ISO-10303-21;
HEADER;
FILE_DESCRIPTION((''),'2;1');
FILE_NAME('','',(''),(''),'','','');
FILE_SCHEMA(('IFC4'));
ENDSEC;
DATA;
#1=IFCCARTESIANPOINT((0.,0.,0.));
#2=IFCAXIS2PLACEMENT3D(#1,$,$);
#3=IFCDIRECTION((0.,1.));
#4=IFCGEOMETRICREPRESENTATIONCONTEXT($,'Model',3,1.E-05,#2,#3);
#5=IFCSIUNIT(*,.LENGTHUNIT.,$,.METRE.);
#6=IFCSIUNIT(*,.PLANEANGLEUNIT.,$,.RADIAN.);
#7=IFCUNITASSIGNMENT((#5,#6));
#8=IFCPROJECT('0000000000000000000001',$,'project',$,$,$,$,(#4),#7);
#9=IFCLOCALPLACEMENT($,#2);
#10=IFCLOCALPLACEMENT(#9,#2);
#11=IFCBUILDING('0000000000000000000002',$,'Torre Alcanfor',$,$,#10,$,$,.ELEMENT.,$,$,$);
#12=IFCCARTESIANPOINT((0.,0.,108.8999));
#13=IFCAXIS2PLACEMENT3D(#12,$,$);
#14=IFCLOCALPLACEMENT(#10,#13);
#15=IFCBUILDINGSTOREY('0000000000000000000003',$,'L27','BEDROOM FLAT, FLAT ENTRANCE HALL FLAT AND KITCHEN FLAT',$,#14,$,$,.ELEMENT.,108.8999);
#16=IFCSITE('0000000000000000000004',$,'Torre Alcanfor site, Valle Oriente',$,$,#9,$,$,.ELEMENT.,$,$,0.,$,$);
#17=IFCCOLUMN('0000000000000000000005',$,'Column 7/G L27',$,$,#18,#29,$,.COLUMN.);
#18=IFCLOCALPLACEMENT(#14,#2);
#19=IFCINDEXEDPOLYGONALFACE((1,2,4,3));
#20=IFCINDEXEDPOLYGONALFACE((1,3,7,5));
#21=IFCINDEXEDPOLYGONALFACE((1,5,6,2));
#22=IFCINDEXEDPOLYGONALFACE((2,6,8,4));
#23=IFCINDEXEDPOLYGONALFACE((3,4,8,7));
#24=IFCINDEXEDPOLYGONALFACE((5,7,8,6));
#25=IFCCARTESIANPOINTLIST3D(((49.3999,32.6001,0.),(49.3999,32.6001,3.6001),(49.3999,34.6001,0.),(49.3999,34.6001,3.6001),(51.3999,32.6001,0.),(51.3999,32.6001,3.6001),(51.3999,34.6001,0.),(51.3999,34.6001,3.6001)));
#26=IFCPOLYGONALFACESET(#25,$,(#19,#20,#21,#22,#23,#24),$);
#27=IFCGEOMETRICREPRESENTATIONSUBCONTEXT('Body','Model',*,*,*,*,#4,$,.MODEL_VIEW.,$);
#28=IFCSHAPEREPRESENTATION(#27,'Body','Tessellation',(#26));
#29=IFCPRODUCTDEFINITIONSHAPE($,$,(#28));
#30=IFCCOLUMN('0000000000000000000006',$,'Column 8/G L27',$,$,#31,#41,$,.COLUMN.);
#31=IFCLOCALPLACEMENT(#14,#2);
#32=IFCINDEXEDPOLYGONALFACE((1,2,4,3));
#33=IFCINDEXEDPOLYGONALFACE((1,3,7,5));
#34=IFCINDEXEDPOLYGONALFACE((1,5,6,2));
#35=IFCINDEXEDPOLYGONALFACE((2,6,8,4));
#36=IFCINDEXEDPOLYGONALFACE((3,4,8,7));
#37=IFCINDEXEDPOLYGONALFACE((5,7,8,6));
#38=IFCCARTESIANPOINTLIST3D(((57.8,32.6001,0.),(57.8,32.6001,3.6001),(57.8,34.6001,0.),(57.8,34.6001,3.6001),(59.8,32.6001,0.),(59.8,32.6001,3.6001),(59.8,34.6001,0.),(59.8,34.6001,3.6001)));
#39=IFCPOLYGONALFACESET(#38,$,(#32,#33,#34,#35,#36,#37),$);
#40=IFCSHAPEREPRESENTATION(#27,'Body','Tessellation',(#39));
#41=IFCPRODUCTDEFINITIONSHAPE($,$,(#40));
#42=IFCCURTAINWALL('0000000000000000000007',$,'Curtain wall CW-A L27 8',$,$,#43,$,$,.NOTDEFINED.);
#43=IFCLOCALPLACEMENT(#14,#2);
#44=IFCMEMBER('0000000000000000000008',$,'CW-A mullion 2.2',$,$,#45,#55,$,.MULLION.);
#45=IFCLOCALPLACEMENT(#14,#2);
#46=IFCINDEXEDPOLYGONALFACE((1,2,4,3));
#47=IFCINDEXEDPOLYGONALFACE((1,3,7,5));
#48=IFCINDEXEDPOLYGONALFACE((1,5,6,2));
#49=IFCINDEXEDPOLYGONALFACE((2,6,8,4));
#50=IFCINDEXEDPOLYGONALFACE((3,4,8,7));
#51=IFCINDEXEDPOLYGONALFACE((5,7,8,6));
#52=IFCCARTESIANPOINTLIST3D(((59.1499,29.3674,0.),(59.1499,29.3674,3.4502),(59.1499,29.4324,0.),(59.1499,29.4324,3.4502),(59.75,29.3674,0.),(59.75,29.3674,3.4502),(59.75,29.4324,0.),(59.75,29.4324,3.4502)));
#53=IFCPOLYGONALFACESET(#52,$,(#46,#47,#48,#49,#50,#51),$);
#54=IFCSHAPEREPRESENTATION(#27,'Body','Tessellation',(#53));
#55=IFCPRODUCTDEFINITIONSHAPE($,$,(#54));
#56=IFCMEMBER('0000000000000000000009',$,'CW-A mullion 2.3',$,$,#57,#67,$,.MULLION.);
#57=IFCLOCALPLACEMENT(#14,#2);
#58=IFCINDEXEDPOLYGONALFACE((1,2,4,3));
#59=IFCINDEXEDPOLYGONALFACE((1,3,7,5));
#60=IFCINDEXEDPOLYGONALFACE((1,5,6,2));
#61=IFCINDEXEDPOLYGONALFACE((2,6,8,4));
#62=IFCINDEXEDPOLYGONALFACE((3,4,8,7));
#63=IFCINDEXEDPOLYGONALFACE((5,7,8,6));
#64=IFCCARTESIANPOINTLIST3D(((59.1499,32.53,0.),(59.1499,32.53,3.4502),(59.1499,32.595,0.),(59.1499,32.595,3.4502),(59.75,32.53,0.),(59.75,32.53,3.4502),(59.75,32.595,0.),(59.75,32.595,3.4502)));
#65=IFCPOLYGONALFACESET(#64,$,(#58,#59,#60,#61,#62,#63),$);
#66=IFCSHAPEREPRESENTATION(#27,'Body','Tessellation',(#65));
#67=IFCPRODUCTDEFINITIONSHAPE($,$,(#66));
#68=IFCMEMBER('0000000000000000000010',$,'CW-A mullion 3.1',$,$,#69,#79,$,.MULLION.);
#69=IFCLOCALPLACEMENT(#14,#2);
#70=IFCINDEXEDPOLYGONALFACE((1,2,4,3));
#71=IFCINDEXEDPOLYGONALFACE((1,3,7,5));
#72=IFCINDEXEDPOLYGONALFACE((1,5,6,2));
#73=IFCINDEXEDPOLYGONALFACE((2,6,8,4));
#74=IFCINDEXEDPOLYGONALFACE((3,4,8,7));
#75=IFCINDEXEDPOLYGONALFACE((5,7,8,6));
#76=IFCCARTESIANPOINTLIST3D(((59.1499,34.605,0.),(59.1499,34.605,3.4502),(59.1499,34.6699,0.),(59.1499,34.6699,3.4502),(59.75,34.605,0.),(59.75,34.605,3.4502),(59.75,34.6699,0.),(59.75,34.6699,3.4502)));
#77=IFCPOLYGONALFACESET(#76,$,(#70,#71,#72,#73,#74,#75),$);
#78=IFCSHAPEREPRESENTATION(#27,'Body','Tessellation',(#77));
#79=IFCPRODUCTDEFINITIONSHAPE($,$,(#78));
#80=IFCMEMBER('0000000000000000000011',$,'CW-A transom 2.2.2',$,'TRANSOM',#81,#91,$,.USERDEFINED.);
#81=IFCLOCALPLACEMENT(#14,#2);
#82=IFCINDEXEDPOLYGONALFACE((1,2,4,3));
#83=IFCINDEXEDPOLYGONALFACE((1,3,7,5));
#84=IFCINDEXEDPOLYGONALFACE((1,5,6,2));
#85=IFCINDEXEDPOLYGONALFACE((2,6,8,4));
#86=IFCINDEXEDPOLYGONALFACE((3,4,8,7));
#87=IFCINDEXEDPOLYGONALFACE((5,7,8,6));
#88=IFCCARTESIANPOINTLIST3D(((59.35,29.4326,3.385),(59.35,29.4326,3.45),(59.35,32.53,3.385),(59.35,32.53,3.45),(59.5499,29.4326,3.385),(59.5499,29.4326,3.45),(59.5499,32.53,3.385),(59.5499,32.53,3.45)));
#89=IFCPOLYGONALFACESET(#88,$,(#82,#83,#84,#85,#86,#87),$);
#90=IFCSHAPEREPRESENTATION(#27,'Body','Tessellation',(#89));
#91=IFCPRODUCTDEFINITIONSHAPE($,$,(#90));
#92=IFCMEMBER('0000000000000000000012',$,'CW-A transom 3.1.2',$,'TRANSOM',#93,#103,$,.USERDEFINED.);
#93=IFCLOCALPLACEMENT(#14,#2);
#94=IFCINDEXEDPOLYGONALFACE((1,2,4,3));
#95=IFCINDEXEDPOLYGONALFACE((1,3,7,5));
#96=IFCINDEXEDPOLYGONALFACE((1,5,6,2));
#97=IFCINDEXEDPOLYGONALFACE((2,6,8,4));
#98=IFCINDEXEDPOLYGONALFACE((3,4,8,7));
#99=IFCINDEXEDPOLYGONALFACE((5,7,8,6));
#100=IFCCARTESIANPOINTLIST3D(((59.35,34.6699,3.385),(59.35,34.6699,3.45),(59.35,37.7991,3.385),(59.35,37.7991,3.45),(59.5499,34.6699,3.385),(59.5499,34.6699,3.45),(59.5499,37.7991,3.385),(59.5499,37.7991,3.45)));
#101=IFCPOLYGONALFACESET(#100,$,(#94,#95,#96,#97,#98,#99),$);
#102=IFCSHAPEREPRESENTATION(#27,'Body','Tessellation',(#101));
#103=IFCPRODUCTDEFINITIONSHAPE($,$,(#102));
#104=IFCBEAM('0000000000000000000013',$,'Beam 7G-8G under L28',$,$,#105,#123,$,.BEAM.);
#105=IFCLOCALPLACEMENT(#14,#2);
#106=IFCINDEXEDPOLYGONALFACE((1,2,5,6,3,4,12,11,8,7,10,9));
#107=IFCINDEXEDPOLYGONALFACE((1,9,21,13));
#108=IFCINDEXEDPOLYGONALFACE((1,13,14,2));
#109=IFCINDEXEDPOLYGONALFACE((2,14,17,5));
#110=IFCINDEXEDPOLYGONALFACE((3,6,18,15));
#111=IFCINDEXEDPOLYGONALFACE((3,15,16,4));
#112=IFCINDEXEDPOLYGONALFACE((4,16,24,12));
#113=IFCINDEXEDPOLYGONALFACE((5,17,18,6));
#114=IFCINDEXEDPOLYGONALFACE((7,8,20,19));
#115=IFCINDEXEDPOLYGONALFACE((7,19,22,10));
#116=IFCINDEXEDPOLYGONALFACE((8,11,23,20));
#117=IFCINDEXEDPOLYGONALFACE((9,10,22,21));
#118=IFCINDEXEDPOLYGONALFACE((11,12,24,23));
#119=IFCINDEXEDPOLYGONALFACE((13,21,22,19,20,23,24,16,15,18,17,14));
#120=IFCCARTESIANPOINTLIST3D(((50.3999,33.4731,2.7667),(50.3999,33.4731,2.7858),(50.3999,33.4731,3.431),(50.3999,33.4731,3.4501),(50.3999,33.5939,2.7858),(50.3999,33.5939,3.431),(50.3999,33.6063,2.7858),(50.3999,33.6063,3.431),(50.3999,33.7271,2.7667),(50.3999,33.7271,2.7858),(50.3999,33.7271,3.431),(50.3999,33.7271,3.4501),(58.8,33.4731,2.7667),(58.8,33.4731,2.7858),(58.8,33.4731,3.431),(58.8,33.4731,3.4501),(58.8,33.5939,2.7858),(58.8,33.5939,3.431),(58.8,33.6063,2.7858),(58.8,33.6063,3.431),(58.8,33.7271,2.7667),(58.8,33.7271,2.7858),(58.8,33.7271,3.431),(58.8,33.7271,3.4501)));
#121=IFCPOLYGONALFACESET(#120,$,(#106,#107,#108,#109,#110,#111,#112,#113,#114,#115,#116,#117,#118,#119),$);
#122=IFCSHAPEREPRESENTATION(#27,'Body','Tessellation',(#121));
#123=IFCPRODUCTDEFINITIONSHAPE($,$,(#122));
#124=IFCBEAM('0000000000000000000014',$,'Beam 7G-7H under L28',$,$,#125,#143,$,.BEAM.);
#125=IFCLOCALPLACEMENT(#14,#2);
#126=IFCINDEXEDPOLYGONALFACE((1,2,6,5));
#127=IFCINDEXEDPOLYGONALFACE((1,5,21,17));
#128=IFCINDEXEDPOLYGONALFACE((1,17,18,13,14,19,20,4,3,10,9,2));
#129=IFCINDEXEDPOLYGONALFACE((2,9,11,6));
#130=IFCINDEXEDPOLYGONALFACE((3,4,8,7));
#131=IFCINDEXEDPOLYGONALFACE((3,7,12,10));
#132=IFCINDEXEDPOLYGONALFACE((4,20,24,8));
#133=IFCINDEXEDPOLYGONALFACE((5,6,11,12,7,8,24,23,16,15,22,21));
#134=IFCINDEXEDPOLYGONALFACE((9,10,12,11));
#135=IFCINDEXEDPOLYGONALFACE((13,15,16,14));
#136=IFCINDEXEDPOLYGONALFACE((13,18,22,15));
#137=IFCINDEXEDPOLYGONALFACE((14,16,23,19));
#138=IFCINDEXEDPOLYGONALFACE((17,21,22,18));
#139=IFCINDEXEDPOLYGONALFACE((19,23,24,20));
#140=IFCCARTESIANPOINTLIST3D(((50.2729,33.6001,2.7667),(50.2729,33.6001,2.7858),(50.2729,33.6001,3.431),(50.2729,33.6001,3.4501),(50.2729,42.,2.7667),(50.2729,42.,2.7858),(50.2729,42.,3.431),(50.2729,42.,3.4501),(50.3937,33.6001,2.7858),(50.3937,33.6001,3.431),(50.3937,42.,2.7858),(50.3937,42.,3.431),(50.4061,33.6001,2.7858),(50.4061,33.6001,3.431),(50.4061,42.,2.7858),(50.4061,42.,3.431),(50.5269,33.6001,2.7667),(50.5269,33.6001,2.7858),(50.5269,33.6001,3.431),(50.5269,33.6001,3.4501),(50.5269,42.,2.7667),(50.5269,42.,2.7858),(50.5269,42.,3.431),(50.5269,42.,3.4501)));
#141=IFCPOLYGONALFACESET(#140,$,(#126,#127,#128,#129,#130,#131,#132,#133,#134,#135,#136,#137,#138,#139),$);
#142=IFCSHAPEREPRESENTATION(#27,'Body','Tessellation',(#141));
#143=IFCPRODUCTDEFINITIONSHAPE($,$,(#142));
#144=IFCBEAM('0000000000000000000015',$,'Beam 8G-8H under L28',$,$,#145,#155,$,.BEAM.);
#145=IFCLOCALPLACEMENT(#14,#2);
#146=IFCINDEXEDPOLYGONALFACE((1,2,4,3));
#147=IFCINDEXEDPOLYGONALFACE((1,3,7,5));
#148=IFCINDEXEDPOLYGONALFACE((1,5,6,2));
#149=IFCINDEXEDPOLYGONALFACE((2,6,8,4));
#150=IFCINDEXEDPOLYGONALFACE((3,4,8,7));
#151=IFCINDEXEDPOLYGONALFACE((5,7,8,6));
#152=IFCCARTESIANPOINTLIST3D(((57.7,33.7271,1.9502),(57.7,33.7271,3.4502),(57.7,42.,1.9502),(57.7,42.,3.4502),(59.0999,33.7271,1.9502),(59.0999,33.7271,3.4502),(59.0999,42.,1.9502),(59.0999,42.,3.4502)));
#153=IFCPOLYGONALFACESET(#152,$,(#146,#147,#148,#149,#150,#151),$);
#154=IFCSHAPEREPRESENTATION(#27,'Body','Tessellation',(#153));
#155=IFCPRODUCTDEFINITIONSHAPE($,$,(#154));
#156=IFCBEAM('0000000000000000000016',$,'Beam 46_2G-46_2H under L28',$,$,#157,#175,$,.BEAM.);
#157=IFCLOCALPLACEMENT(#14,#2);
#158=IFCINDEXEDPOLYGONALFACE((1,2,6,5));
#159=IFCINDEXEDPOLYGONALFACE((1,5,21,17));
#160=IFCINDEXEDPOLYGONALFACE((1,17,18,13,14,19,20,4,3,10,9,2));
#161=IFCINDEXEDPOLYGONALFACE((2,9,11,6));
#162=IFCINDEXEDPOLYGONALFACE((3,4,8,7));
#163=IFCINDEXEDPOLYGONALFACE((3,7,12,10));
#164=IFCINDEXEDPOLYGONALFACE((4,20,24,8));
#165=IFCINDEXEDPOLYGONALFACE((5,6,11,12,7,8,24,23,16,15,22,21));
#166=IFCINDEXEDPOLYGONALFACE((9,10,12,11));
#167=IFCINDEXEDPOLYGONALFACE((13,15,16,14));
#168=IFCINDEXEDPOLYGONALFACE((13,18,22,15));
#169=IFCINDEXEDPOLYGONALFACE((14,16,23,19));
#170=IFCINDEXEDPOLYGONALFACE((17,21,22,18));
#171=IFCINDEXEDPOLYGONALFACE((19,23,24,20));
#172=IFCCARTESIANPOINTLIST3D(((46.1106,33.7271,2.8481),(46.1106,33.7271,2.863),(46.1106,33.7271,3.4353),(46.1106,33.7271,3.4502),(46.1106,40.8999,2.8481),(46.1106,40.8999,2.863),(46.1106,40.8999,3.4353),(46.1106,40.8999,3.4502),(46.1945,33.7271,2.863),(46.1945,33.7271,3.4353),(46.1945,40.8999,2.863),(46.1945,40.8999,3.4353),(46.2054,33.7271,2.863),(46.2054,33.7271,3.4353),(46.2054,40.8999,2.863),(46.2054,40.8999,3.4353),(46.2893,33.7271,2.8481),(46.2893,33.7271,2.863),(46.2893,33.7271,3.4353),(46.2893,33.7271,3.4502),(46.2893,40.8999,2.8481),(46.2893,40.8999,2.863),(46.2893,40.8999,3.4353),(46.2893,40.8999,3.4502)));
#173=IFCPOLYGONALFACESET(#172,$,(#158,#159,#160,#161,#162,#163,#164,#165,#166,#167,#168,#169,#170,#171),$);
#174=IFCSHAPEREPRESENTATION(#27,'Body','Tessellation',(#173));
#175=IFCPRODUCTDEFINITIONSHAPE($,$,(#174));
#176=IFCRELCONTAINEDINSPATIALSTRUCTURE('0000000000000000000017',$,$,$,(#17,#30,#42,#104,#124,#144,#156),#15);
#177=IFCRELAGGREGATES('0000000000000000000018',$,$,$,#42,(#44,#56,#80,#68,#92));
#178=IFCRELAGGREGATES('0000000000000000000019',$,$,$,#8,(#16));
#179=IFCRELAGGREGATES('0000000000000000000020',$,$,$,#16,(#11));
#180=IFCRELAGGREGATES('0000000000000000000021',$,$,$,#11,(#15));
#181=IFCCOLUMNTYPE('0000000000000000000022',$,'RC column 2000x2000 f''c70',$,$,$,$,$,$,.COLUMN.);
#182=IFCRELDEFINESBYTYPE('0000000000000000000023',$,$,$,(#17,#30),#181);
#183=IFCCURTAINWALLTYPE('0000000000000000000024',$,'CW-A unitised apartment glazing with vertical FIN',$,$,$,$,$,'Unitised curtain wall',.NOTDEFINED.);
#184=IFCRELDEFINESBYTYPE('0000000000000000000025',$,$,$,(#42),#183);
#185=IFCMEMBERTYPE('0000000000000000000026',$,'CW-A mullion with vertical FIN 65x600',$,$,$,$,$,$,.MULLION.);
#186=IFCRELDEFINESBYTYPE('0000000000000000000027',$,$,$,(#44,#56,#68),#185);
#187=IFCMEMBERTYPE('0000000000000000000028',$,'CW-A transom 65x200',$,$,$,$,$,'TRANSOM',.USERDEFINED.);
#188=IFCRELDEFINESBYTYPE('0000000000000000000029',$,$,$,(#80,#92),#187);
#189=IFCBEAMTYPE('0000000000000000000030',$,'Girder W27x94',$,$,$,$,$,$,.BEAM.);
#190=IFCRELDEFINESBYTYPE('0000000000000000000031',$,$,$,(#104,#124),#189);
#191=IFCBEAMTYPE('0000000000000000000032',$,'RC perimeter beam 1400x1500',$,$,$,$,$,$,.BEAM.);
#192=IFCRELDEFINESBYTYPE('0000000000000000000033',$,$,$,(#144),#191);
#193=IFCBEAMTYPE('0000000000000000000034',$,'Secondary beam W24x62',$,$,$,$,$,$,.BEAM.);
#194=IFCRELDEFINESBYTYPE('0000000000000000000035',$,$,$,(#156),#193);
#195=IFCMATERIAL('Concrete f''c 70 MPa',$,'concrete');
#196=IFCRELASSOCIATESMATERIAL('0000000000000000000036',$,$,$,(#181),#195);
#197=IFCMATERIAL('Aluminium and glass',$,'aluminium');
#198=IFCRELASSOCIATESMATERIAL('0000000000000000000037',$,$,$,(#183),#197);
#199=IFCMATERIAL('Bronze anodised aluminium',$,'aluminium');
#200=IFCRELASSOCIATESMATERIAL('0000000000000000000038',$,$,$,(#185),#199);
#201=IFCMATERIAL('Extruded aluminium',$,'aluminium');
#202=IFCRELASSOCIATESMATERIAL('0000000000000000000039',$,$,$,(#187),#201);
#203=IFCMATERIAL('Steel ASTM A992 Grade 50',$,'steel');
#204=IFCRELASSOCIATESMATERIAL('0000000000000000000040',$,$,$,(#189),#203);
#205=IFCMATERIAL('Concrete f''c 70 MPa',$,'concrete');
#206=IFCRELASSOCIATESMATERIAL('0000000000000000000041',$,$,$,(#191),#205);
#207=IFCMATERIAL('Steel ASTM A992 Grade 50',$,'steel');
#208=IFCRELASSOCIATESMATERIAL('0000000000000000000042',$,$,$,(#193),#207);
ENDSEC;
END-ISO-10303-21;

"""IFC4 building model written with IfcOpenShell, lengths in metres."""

from ifc_helpers import new_model, si_unit, direction, frame, origin, origin_2d, place, context, subcontext, project, spatial, rectangle, i_section, extrude, material, material_profile, profile_set, type_object, element, aggregate, save


model = new_model("IFC4")

# Units and contexts
model_context = context("Model", 3, precision=1e-05, world=origin(), true_north=direction((0.0, 1.0)))
body_context = subcontext(model_context, "Body", "Model", "MODEL_VIEW")
ifc_project = project(units=[si_unit("LENGTHUNIT", "METRE"), si_unit("PLANEANGLEUNIT", "RADIAN")], contexts=[model_context])

# Site, building, storey
site_placement = place(None, origin())
site = spatial("IfcSite", under=ifc_project, at=site_placement, Name="Torre Alcanfor site, Valle Oriente", CompositionType="ELEMENT", RefElevation=0.0)
building_placement = place(site_placement, origin())
building = spatial("IfcBuilding", under=site, at=building_placement, Name="Torre Alcanfor", CompositionType="ELEMENT")
storey_placement = place(building_placement, frame((0.0, 0.0, 108.8999)))
storey = spatial("IfcBuildingStorey", under=building, at=storey_placement, Name="L27", Description="BEDROOM FLAT, FLAT ENTRANCE HALL FLAT AND KITCHEN FLAT", CompositionType="ELEMENT", Elevation=108.8999)

# Columns
ifc_material_1 = material(Name="Concrete f'c 70 MPa", Category="concrete")
ifc_material_profile_1 = material_profile(ifc_material_1, rectangle(XDim=2.0, YDim=2.0, at=origin_2d()), Name="2000x2000")
ifc_profile_set_1 = profile_set([ifc_material_profile_1], Name="Concrete f'c 70 MPa")
column_type = type_object("IfcColumnType", Name="RC column 2000x2000 f'c70", PredefinedType="COLUMN", material=ifc_profile_set_1)
for number, where, z_axis, x_axis, name in (
    (1, (50.3999, 33.6001, 0.0), (0.0, 0.0, 1.0), (1.0, 0.0, 0.0), "Column 7/G L27"),
    (2, (58.8, 33.6001, 0.0), (0.0, 0.0, 1.0), (1.0, 0.0, 0.0), "Column 8/G L27"),
):
    element("IfcColumn", number, at=place(storey_placement, frame(where, z_axis=z_axis, x_axis=x_axis)), inside=storey, type_object=column_type, Name=name, PredefinedType="COLUMN", context=body_context, shape_type="SweptSolid", body=[
        extrude(rectangle(XDim=2.0, YDim=2.0, at=origin_2d()), origin(), (0.0, 0.0, 1.0), 3.6001),
    ])

# Curtain wall, members
ifc_material_2 = material(Name="Aluminium and glass", Category="aluminium")
curtain_wall_type = type_object("IfcCurtainWallType", Name="CW-A unitised apartment glazing with vertical FIN", ElementType="Unitised curtain wall", PredefinedType="NOTDEFINED", material=ifc_material_2)
curtain_wall_placement = place(storey_placement, origin())
curtain_wall = element("IfcCurtainWall", 3, at=curtain_wall_placement, inside=storey, type_object=curtain_wall_type, Name="Curtain wall CW-A L27 8", PredefinedType="NOTDEFINED")
ifc_material_3 = material(Name="Bronze anodised aluminium", Category="aluminium")
ifc_material_profile_2 = material_profile(ifc_material_3, rectangle(XDim=0.6001, YDim=0.0649, at=origin_2d()), Name="CW-A mullion 65x600")
ifc_profile_set_2 = profile_set([ifc_material_profile_2], Name="Bronze anodised aluminium")
member_type_1 = type_object("IfcMemberType", Name="CW-A mullion with vertical FIN 65x600", PredefinedType="MULLION", material=ifc_profile_set_2)
member_1_placement = place(storey_placement, frame((59.45, 29.3999, 0.0), z_axis=(0.0, 0.0, 1.0), x_axis=(-1.0, 0.0, 0.0)))
member_1 = element("IfcMember", 4, at=member_1_placement, type_object=member_type_1, Name="CW-A mullion 2.2", PredefinedType="MULLION", context=body_context, shape_type="SweptSolid", body=[
    extrude(rectangle(XDim=0.6001, YDim=0.0649, at=origin_2d()), origin(), (0.0, 0.0, 1.0), 3.4502),
])
member_2_placement = place(storey_placement, frame((59.45, 32.5625, 0.0), z_axis=(0.0, 0.0, 1.0), x_axis=(-1.0, 0.0, 0.0)))
member_2 = element("IfcMember", 5, at=member_2_placement, type_object=member_type_1, Name="CW-A mullion 2.3", PredefinedType="MULLION", context=body_context, shape_type="SweptSolid", body=[
    extrude(rectangle(XDim=0.6001, YDim=0.0649, at=origin_2d()), origin(), (0.0, 0.0, 1.0), 3.4502),
])
member_3_placement = place(storey_placement, frame((59.45, 34.6375, 0.0), z_axis=(0.0, 0.0, 1.0), x_axis=(-1.0, 0.0, 0.0)))
member_3 = element("IfcMember", 6, at=member_3_placement, type_object=member_type_1, Name="CW-A mullion 3.1", PredefinedType="MULLION", context=body_context, shape_type="SweptSolid", body=[
    extrude(rectangle(XDim=0.6001, YDim=0.0649, at=origin_2d()), origin(), (0.0, 0.0, 1.0), 3.4502),
])
ifc_material_4 = material(Name="Extruded aluminium", Category="aluminium")
ifc_material_profile_3 = material_profile(ifc_material_4, rectangle(XDim=0.2, YDim=0.0649, at=origin_2d()), Name="CW-A transom 200x65")
ifc_profile_set_3 = profile_set([ifc_material_profile_3], Name="Extruded aluminium")
member_type_2 = type_object("IfcMemberType", Name="CW-A transom 65x200", ElementType="TRANSOM", PredefinedType="USERDEFINED", material=ifc_profile_set_3)
member_4_placement = place(storey_placement, frame((59.45, 29.4326, 3.4175), z_axis=(0.0, 1.0, 0.0), x_axis=(-1.0, 0.0, 0.0)))
member_4 = element("IfcMember", 7, at=member_4_placement, type_object=member_type_2, Name="CW-A transom 2.2.2", ObjectType="TRANSOM", PredefinedType="USERDEFINED", context=body_context, shape_type="SweptSolid", body=[
    extrude(rectangle(XDim=0.2, YDim=0.0649, at=origin_2d()), origin(), (0.0, 0.0, 1.0), 3.0974),
])
member_5_placement = place(storey_placement, frame((59.45, 34.6699, 3.4175), z_axis=(0.0, 1.0, 0.0), x_axis=(-1.0, 0.0, 0.0)))
member_5 = element("IfcMember", 8, at=member_5_placement, type_object=member_type_2, Name="CW-A transom 3.1.2", ObjectType="TRANSOM", PredefinedType="USERDEFINED", context=body_context, shape_type="SweptSolid", body=[
    extrude(rectangle(XDim=0.2, YDim=0.0649, at=origin_2d()), origin(), (0.0, 0.0, 1.0), 3.1292),
])

# Beams
ifc_material_5 = material(Name="Steel ASTM A992 Grade 50", Category="steel")
ifc_material_profile_4 = material_profile(ifc_material_5, i_section(OverallWidth=0.2539, OverallDepth=0.6833, WebThickness=0.0125, FlangeThickness=0.019, at=origin_2d()), Name="W27x94")
ifc_profile_set_4 = profile_set([ifc_material_profile_4], Name="Steel ASTM A992 Grade 50")
beam_type_1 = type_object("IfcBeamType", Name="Girder W27x94", PredefinedType="BEAM", material=ifc_profile_set_4)
beam_1_placement = place(storey_placement, frame((50.3999, 33.6001, 3.1084), z_axis=(1.0, 0.0, 0.0), x_axis=(0.0, 1.0, 0.0)))
element("IfcBeam", 9, at=beam_1_placement, inside=storey, type_object=beam_type_1, Name="Beam 7G-8G under L28", PredefinedType="BEAM", context=body_context, shape_type="SweptSolid", body=[
    extrude(i_section(OverallWidth=0.2539, OverallDepth=0.6833, WebThickness=0.0125, FlangeThickness=0.019, at=origin_2d()), origin(), (0.0, 0.0, 1.0), 8.4001),
])
beam_2_placement = place(storey_placement, frame((50.3999, 33.6001, 3.1084), z_axis=(0.0, 1.0, 0.0), x_axis=(-1.0, 0.0, 0.0)))
element("IfcBeam", 10, at=beam_2_placement, inside=storey, type_object=beam_type_1, Name="Beam 7G-7H under L28", PredefinedType="BEAM", context=body_context, shape_type="SweptSolid", body=[
    extrude(i_section(OverallWidth=0.2539, OverallDepth=0.6833, WebThickness=0.0125, FlangeThickness=0.019, at=origin_2d()), origin(), (0.0, 0.0, 1.0), 8.3999),
])
ifc_material_6 = material(Name="Concrete f'c 70 MPa", Category="concrete")
ifc_material_profile_5 = material_profile(ifc_material_6, rectangle(XDim=1.3999, YDim=1.5, at=origin_2d()), Name="1400x1500")
ifc_profile_set_5 = profile_set([ifc_material_profile_5], Name="Concrete f'c 70 MPa")
beam_type_2 = type_object("IfcBeamType", Name="RC perimeter beam 1400x1500", PredefinedType="BEAM", material=ifc_profile_set_5)
beam_3_placement = place(storey_placement, frame((58.3999, 33.7271, 2.7002), z_axis=(0.0, 1.0, 0.0), x_axis=(-1.0, 0.0, 0.0)))
element("IfcBeam", 11, at=beam_3_placement, inside=storey, type_object=beam_type_2, Name="Beam 8G-8H under L28", PredefinedType="BEAM", context=body_context, shape_type="SweptSolid", body=[
    extrude(rectangle(XDim=1.3999, YDim=1.5, at=origin_2d()), origin(), (0.0, 0.0, 1.0), 8.2729),
])
ifc_material_7 = material(Name="Steel ASTM A992 Grade 50", Category="steel")
ifc_material_profile_6 = material_profile(ifc_material_7, i_section(OverallWidth=0.1787, OverallDepth=0.6021, WebThickness=0.011, FlangeThickness=0.0149, at=origin_2d()), Name="W24x62")
ifc_profile_set_6 = profile_set([ifc_material_profile_6], Name="Steel ASTM A992 Grade 50")
beam_type_3 = type_object("IfcBeamType", Name="Secondary beam W24x62", PredefinedType="BEAM", material=ifc_profile_set_6)
for number, where, z_axis, x_axis, name in (
    (12, (46.2, 33.7271, 3.1492), (0.0, 1.0, 0.0), (-1.0, 0.0, 0.0), "Beam 46_2G-46_2H under L28"),
):
    element("IfcBeam", number, at=place(storey_placement, frame(where, z_axis=z_axis, x_axis=x_axis)), inside=storey, type_object=beam_type_3, Name=name, PredefinedType="BEAM", context=body_context, shape_type="SweptSolid", body=[
        extrude(i_section(OverallWidth=0.1787, OverallDepth=0.6021, WebThickness=0.011, FlangeThickness=0.0149, at=origin_2d()), origin(), (0.0, 0.0, 1.0), 7.1729),
    ])

aggregate(curtain_wall, [member_1, member_2, member_4, member_3, member_5])

save(model, "model.ifc")
